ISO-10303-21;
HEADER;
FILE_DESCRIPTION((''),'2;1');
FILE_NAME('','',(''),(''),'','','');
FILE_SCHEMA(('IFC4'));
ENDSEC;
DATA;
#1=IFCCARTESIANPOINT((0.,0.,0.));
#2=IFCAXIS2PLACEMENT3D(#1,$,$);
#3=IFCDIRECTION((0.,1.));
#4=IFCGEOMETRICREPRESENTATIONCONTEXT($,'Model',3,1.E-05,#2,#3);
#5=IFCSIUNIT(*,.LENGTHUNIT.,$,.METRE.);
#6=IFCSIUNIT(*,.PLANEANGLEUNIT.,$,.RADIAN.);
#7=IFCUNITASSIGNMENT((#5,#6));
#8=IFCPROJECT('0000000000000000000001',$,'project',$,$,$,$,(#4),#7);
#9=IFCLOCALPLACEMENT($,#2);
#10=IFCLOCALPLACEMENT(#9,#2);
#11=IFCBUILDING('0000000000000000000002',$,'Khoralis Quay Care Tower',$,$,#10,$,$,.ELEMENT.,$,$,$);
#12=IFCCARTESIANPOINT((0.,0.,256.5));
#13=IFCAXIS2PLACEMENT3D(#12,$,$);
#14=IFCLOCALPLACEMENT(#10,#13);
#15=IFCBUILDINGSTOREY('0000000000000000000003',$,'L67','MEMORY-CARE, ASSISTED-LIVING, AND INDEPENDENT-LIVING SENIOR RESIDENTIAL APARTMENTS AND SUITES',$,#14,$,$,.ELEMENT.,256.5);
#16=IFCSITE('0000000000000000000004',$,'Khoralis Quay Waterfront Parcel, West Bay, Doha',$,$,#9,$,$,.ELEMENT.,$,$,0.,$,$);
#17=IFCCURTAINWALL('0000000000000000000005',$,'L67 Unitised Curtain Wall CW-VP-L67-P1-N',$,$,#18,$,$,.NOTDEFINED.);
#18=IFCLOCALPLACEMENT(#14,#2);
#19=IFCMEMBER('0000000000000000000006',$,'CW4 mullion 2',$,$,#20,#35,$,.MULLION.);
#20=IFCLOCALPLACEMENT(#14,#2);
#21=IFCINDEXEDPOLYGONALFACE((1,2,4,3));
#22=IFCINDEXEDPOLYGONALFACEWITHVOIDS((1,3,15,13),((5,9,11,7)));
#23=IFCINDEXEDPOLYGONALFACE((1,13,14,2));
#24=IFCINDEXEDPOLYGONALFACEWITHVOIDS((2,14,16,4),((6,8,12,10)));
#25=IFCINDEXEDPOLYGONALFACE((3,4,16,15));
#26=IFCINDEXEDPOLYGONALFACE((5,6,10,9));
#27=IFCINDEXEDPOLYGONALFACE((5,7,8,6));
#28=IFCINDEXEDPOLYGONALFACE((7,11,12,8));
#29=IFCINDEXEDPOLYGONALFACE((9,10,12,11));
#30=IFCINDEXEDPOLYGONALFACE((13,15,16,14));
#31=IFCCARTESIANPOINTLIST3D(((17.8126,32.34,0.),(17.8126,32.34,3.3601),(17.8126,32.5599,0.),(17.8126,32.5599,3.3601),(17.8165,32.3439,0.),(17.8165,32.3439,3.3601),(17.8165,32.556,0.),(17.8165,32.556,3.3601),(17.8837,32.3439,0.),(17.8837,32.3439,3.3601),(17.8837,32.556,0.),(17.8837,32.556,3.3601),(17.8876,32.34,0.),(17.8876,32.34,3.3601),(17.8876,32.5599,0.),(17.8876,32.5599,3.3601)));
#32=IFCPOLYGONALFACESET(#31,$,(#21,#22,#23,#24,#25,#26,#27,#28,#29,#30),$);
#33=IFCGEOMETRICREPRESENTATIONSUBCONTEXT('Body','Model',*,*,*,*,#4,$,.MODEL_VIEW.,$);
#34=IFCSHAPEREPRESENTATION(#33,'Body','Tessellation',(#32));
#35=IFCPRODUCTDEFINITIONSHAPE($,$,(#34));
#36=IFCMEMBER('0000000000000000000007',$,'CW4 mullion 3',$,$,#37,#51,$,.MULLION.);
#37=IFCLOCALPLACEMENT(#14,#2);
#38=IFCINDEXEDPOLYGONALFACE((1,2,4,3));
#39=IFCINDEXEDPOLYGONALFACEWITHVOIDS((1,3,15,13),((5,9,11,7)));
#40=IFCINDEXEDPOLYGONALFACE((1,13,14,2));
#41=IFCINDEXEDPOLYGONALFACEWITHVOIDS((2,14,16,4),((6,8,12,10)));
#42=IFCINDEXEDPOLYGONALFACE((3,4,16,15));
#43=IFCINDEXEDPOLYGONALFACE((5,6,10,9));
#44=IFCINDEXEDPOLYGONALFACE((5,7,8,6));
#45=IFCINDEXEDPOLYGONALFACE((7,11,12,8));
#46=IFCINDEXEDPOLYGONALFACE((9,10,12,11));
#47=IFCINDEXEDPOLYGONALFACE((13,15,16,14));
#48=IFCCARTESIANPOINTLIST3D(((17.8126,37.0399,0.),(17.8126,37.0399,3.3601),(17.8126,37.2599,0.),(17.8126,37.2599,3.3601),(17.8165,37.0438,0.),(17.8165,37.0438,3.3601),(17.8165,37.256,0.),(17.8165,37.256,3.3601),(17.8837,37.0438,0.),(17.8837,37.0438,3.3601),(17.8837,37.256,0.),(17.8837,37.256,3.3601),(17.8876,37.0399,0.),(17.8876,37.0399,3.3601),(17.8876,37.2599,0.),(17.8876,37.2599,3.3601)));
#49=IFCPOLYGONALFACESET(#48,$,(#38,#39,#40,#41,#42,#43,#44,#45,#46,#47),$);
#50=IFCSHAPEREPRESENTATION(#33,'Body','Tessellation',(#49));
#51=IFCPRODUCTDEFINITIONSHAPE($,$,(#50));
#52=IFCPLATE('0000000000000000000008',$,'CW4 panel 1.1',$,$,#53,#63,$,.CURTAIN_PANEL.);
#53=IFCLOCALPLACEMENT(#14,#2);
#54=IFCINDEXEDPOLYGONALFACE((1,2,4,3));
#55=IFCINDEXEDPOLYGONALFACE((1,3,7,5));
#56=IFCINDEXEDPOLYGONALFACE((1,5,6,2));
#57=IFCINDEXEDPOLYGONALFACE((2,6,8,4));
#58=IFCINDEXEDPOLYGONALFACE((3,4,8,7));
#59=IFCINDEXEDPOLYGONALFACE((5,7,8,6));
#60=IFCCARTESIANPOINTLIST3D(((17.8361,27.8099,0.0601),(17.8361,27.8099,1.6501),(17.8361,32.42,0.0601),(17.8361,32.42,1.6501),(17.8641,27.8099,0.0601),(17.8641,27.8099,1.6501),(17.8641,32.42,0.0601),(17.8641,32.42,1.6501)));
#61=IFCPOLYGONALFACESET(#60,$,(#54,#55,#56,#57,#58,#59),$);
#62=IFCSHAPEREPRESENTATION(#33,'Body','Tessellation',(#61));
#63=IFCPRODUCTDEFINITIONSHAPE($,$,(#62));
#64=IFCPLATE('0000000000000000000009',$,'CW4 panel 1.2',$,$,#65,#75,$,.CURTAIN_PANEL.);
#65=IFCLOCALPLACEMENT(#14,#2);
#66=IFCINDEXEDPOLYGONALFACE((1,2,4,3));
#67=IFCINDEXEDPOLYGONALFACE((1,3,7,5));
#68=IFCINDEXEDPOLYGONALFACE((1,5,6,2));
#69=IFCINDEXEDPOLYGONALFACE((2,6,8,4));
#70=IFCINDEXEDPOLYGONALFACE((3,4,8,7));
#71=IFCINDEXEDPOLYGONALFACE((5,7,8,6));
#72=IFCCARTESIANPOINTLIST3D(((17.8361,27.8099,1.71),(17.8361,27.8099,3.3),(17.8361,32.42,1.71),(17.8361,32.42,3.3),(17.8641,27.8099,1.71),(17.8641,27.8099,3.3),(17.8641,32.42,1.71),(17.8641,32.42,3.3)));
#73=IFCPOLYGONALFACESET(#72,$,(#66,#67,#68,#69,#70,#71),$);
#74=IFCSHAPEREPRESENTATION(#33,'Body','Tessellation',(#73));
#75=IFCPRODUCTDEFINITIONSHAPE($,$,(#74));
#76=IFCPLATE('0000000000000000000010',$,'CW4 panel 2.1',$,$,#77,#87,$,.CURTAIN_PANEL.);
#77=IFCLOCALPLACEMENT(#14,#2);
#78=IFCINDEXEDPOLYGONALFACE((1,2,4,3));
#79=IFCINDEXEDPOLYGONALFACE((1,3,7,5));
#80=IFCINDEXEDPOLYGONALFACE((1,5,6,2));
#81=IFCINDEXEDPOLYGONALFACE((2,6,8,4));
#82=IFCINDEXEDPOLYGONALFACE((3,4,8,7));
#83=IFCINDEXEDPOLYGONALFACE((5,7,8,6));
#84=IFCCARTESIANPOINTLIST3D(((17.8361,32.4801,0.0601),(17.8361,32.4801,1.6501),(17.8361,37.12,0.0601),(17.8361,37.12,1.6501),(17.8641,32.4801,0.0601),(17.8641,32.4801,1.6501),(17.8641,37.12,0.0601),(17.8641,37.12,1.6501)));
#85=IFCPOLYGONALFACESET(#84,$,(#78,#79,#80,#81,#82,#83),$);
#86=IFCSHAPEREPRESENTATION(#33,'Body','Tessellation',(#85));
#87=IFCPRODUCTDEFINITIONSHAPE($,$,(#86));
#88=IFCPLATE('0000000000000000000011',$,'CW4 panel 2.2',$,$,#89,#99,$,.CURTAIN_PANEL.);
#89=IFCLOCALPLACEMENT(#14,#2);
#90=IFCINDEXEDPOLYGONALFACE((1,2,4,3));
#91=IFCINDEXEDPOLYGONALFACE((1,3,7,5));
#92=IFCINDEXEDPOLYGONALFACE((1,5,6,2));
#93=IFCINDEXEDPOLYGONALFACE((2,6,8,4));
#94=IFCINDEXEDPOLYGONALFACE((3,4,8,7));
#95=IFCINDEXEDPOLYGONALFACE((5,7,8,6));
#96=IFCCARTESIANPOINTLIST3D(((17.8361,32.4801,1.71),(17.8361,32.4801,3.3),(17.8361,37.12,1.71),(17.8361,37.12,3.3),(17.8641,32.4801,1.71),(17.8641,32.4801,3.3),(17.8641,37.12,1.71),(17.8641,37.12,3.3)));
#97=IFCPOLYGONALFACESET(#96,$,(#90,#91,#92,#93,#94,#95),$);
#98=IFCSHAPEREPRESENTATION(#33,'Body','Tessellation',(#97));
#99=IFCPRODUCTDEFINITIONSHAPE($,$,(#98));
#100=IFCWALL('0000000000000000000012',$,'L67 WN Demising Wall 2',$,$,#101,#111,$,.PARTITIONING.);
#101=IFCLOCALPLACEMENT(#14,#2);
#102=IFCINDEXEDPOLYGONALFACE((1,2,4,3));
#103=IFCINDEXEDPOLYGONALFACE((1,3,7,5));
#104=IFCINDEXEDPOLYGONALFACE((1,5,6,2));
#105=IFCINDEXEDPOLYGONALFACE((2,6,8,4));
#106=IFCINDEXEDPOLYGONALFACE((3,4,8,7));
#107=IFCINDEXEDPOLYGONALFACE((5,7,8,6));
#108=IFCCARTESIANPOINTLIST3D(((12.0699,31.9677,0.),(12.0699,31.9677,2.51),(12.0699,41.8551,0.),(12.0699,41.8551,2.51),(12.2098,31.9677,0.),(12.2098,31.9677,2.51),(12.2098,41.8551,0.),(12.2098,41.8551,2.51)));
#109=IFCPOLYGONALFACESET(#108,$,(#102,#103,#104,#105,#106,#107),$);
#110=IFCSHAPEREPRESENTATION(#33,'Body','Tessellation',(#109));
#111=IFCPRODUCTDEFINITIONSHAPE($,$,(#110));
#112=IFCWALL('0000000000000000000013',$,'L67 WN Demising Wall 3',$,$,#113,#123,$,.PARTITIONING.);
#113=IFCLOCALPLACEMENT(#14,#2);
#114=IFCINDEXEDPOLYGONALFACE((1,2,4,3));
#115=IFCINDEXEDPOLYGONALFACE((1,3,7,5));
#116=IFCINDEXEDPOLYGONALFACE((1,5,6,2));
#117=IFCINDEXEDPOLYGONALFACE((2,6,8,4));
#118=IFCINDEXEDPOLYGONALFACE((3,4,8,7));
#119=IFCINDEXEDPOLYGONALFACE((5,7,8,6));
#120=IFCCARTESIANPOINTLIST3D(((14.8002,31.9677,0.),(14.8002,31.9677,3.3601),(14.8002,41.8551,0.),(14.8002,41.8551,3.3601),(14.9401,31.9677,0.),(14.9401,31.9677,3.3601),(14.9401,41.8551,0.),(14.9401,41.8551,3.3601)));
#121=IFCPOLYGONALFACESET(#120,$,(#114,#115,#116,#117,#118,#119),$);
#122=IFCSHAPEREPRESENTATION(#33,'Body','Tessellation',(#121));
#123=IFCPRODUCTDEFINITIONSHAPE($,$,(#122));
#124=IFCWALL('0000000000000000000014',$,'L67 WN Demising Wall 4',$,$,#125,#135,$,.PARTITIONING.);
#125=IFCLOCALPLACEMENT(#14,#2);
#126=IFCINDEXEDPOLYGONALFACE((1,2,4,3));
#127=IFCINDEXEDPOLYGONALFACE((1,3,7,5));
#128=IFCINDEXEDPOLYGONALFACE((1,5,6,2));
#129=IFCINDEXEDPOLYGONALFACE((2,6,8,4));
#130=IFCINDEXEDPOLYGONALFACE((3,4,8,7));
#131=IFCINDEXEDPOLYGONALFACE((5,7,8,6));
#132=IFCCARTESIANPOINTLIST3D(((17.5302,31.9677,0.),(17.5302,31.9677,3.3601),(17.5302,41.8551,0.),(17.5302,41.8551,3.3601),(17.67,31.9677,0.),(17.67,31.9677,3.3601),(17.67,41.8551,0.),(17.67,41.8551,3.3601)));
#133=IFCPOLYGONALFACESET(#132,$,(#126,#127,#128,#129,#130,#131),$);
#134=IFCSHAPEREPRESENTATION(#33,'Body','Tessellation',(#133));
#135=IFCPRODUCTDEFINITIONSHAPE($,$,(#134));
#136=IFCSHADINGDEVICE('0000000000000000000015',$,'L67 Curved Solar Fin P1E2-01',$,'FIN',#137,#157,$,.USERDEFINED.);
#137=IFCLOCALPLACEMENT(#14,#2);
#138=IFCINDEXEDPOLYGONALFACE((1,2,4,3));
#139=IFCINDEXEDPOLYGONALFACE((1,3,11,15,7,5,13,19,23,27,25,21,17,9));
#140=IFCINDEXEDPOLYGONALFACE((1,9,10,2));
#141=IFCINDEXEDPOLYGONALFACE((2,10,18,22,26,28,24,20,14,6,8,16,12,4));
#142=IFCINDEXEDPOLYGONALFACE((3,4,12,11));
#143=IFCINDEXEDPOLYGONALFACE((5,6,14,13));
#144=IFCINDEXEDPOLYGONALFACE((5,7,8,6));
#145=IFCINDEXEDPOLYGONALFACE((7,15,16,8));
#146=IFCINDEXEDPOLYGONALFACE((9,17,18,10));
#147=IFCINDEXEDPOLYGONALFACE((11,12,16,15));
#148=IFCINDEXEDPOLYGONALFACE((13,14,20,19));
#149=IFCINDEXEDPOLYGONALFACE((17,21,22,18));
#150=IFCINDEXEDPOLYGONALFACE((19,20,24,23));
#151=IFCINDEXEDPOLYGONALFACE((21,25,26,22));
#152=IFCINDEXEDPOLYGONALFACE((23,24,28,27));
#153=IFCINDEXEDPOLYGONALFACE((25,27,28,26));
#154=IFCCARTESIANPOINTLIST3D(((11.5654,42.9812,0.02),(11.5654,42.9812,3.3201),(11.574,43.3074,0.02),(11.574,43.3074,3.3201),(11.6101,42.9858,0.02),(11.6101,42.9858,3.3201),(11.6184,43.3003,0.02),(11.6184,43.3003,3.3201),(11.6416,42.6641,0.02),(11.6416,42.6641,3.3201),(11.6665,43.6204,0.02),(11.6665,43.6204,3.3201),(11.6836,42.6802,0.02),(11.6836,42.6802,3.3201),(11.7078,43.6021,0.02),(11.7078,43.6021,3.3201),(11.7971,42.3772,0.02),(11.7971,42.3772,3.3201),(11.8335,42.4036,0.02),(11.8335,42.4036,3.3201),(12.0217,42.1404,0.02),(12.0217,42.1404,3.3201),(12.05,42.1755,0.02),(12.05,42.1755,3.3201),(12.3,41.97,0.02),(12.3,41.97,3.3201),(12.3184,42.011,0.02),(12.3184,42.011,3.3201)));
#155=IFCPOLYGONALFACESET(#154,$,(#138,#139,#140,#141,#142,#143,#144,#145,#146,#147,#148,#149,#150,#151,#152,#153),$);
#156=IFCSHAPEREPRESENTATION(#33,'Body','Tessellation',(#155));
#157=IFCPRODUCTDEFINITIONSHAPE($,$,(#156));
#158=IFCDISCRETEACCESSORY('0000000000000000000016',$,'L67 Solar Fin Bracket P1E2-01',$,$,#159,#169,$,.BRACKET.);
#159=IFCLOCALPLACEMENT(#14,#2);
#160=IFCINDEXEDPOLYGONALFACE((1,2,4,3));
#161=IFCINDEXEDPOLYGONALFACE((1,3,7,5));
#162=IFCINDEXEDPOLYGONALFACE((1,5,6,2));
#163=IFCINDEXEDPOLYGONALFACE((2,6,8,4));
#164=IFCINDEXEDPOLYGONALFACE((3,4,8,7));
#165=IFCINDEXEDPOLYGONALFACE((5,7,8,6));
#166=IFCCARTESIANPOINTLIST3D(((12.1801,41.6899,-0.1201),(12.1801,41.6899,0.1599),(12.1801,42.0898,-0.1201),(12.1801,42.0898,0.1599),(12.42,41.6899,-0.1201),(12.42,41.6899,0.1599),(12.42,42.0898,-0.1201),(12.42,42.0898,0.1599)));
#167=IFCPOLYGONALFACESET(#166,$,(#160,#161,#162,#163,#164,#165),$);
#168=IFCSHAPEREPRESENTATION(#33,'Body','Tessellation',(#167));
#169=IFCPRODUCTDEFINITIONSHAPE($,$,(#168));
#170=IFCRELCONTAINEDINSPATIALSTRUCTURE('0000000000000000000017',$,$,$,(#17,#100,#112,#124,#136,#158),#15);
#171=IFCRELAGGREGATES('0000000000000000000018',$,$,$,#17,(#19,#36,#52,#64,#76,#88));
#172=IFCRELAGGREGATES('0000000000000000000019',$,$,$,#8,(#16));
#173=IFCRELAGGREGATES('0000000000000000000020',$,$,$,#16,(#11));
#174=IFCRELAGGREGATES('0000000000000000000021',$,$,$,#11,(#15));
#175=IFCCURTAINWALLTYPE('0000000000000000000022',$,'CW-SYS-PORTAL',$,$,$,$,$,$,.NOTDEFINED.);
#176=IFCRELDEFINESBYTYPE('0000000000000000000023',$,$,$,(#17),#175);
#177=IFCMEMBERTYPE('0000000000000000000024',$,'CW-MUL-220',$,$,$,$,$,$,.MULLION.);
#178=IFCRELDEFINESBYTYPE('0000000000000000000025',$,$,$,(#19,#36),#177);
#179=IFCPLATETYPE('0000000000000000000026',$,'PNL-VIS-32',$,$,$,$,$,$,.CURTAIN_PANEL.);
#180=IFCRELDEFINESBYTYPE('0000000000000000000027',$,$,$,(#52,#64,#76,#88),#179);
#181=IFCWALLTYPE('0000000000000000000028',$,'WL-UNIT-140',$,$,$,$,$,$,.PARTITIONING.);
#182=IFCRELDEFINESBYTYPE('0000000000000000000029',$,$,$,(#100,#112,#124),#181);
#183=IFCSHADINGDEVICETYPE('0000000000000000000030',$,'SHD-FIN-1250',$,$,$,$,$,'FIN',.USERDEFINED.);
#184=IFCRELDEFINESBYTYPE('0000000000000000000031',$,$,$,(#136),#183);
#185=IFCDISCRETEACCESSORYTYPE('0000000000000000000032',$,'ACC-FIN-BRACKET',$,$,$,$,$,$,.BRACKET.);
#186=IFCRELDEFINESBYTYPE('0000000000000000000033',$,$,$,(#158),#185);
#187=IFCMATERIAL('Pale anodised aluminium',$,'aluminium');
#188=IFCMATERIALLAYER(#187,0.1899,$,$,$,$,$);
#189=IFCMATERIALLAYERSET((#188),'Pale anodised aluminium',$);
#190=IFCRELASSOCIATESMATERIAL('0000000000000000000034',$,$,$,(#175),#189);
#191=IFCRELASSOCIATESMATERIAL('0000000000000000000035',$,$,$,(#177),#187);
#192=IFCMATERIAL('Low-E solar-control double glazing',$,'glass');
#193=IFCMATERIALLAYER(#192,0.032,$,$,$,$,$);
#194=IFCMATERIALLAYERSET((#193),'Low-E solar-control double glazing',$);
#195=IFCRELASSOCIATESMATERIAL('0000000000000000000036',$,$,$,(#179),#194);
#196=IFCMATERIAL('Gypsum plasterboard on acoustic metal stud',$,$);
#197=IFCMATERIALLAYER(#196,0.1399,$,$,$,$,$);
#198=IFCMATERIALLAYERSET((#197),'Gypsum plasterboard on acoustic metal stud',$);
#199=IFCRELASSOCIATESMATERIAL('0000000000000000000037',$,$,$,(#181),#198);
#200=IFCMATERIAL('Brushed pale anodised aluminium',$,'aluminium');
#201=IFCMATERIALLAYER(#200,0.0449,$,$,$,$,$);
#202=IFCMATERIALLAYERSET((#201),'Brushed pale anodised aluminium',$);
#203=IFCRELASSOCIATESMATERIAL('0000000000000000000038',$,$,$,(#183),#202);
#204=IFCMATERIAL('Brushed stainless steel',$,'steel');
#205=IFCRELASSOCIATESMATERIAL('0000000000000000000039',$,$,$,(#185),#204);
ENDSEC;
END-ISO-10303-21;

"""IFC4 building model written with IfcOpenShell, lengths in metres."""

from ifc_helpers import new_model, si_unit, direction, frame, frame_2d, origin, origin_2d, place, context, subcontext, project, spatial, polyline, rectangle, hollow_rectangle, outline, extrude, source, transform, mapped, material, layer, layer_set, material_profile, profile_set, type_object, element, aggregate, save


model = new_model("IFC4")

# Units and contexts
model_context = context("Model", 3, precision=1e-05, world=origin(), true_north=direction((0.0, 1.0)))
body_context = subcontext(model_context, "Body", "Model", "MODEL_VIEW")
ifc_project = project(units=[si_unit("LENGTHUNIT", "METRE"), si_unit("PLANEANGLEUNIT", "RADIAN")], contexts=[model_context])

# Site, building, storey
site_placement = place(None, origin())
site = spatial("IfcSite", under=ifc_project, at=site_placement, Name="Khoralis Quay Waterfront Parcel, West Bay, Doha", CompositionType="ELEMENT", RefElevation=0.0)
building_placement = place(site_placement, origin())
building = spatial("IfcBuilding", under=site, at=building_placement, Name="Khoralis Quay Care Tower", CompositionType="ELEMENT")
storey_placement = place(building_placement, frame((0.0, 0.0, 256.5)))
storey = spatial("IfcBuildingStorey", under=building, at=storey_placement, Name="L67", Description="MEMORY-CARE, ASSISTED-LIVING, AND INDEPENDENT-LIVING SENIOR RESIDENTIAL APARTMENTS AND SUITES", CompositionType="ELEMENT", Elevation=256.5)

# Curtain wall, members, plates
ifc_material_1 = material(Name="Pale anodised aluminium", Category="aluminium")
ifc_layer_1 = layer(ifc_material_1, 0.1899)
ifc_layer_set_1 = layer_set([ifc_layer_1], Name="Pale anodised aluminium")
curtain_wall_type = type_object("IfcCurtainWallType", Name="CW-SYS-PORTAL", PredefinedType="NOTDEFINED", material=ifc_layer_set_1)
curtain_wall_placement = place(storey_placement, origin())
curtain_wall = element("IfcCurtainWall", 1, at=curtain_wall_placement, inside=storey, type_object=curtain_wall_type, Name="L67 Unitised Curtain Wall CW-VP-L67-P1-N", PredefinedType="NOTDEFINED")
ifc_material_profile_1 = material_profile(ifc_material_1, hollow_rectangle(XDim=0.075, YDim=0.22, WallThickness=0.0039, at=origin_2d()), Name="Pale anodised aluminium")
ifc_profile_set_1 = profile_set([ifc_material_profile_1], Name="Pale anodised aluminium")
member_type_1 = type_object("IfcMemberType", Name="CW-MUL-220", PredefinedType="MULLION", material=ifc_profile_set_1)
shared_shape_1 = source(origin(), body_context, "Body", "SweptSolid", [
    extrude(hollow_rectangle(XDim=0.075, YDim=0.22, WallThickness=0.0039, at=origin_2d()), origin(), (0.0, 0.0, 1.0), 3.3601),
])
member_1_placement = place(storey_placement, frame((17.8501, 32.45, 0.0), z_axis=(0.0, 0.0, 1.0), x_axis=(-1.0, 0.0, 0.0)))
member_1 = element("IfcMember", 2, at=member_1_placement, type_object=member_type_1, Name="CW4 mullion 2", PredefinedType="MULLION", context=body_context, shape_type="MappedRepresentation", body=[
    mapped(shared_shape_1, transform((0.0, 0.0, 0.0), scale=1.0)),
])
member_2_placement = place(storey_placement, frame((17.8501, 37.1499, 0.0), z_axis=(0.0, 0.0, 1.0), x_axis=(-1.0, 0.0, 0.0)))
member_2 = element("IfcMember", 3, at=member_2_placement, type_object=member_type_1, Name="CW4 mullion 3", PredefinedType="MULLION", context=body_context, shape_type="MappedRepresentation", body=[
    mapped(shared_shape_1, transform((0.0, 0.0, 0.0), scale=1.0)),
])
ifc_material_2 = material(Name="Low-E solar-control double glazing", Category="glass")
ifc_layer_2 = layer(ifc_material_2, 0.032)
ifc_layer_set_2 = layer_set([ifc_layer_2], Name="Low-E solar-control double glazing")
plate_type = type_object("IfcPlateType", Name="PNL-VIS-32", PredefinedType="CURTAIN_PANEL", material=ifc_layer_set_2)
shared_shape_2 = source(origin(), body_context, "Body", "SweptSolid", [
    extrude(rectangle(XDim=4.6101, YDim=0.0281, at=origin_2d()), origin(), (0.0, 0.0, 1.0), 1.5901),
])
plate_1_placement = place(storey_placement, frame((17.8501, 30.115, 0.0601), z_axis=(0.0, 0.0, 1.0), x_axis=(0.0, 1.0, 0.0)))
plate_1 = element("IfcPlate", 4, at=plate_1_placement, type_object=plate_type, Name="CW4 panel 1.1", PredefinedType="CURTAIN_PANEL", context=body_context, shape_type="MappedRepresentation", body=[
    mapped(shared_shape_2, transform((0.0, 0.0, 0.0), scale=1.0)),
])
plate_2_placement = place(storey_placement, frame((17.8501, 30.115, 1.71), z_axis=(0.0, 0.0, 1.0), x_axis=(0.0, 1.0, 0.0)))
plate_2 = element("IfcPlate", 5, at=plate_2_placement, type_object=plate_type, Name="CW4 panel 1.2", PredefinedType="CURTAIN_PANEL", context=body_context, shape_type="MappedRepresentation", body=[
    mapped(shared_shape_2, transform((0.0, 0.0, 0.0), scale=1.0)),
])
shared_shape_3 = source(origin(), body_context, "Body", "SweptSolid", [
    extrude(rectangle(XDim=4.6399, YDim=0.0281, at=origin_2d()), origin(), (0.0, 0.0, 1.0), 1.5901),
])
plate_3_placement = place(storey_placement, frame((17.8501, 34.8, 0.0601), z_axis=(0.0, 0.0, 1.0), x_axis=(0.0, 1.0, 0.0)))
plate_3 = element("IfcPlate", 6, at=plate_3_placement, type_object=plate_type, Name="CW4 panel 2.1", PredefinedType="CURTAIN_PANEL", context=body_context, shape_type="MappedRepresentation", body=[
    mapped(shared_shape_3, transform((0.0, 0.0, 0.0), scale=1.0)),
])
plate_4_placement = place(storey_placement, frame((17.8501, 34.8, 1.71), z_axis=(0.0, 0.0, 1.0), x_axis=(0.0, 1.0, 0.0)))
plate_4 = element("IfcPlate", 7, at=plate_4_placement, type_object=plate_type, Name="CW4 panel 2.2", PredefinedType="CURTAIN_PANEL", context=body_context, shape_type="MappedRepresentation", body=[
    mapped(shared_shape_3, transform((0.0, 0.0, 0.0), scale=1.0)),
])
aggregate(curtain_wall, [member_1, member_2, plate_1, plate_2, plate_3, plate_4])

# Walls
ifc_material_3 = material(Name="Gypsum plasterboard on acoustic metal stud")
ifc_layer_3 = layer(ifc_material_3, 0.1399)
ifc_layer_set_3 = layer_set([ifc_layer_3], Name="Gypsum plasterboard on acoustic metal stud")
wall_type = type_object("IfcWallType", Name="WL-UNIT-140", PredefinedType="PARTITIONING", material=ifc_layer_set_3)
wall_placement = place(storey_placement, frame((12.1399, 31.9675, 0.0), z_axis=(0.0, 0.0, 1.0), x_axis=(0.0, 1.0, 0.0)))
element("IfcWall", 8, at=wall_placement, inside=storey, type_object=wall_type, Name="L67 WN Demising Wall 2", PredefinedType="PARTITIONING", context=body_context, shape_type="SweptSolid", body=[
    extrude(rectangle(XDim=9.8875, YDim=0.1399, at=frame_2d((4.9438, 0.0))), origin(), (0.0, 0.0, 1.0), 2.51),
])
for number, where, z_axis, x_axis, name in (
    (9, (14.8701, 31.9675, 0.0), (0.0, 0.0, 1.0), (0.0, 1.0, 0.0), "L67 WN Demising Wall 3"),
    (10, (17.6001, 31.9675, 0.0), (0.0, 0.0, 1.0), (0.0, 1.0, 0.0), "L67 WN Demising Wall 4"),
):
    element("IfcWall", number, at=place(storey_placement, frame(where, z_axis=z_axis, x_axis=x_axis)), inside=storey, type_object=wall_type, Name=name, PredefinedType="PARTITIONING", context=body_context, shape_type="SweptSolid", body=[
        extrude(rectangle(XDim=9.8875, YDim=0.1399, at=frame_2d((4.9438, 0.0))), origin(), (0.0, 0.0, 1.0), 3.3601),
    ])

# Shading device
ifc_material_4 = material(Name="Brushed pale anodised aluminium", Category="aluminium")
ifc_layer_4 = layer(ifc_material_4, 0.0449)
ifc_layer_set_4 = layer_set([ifc_layer_4], Name="Brushed pale anodised aluminium")
shading_device_type = type_object("IfcShadingDeviceType", Name="SHD-FIN-1250", ElementType="FIN", PredefinedType="USERDEFINED", material=ifc_layer_set_4)
shared_shape_4 = source(origin(), body_context, "Body", "SweptSolid", [
    extrude(outline(polyline([(0.0, 0.0), (0.1704, 0.2783), (0.4072, 0.5029), (0.6941, 0.6584), (1.0112, 0.7346), (1.3374, 0.7261), (1.6504, 0.6335), (1.6321, 0.5923), (1.3303, 0.6816), (1.0159, 0.6899), (0.7102, 0.6165), (0.4336, 0.4666), (0.2056, 0.25), (0.041, -0.0183), (0.0, 0.0)])), origin(), (0.0, 0.0, 1.0), 3.3),
])
shading_device_placement = place(storey_placement, frame((12.3, 41.97, 0.02), z_axis=(0.0, 0.0, 1.0), x_axis=(0.0, 1.0, 0.0)))
element("IfcShadingDevice", 11, at=shading_device_placement, inside=storey, type_object=shading_device_type, Name="L67 Curved Solar Fin P1E2-01", ObjectType="FIN", PredefinedType="USERDEFINED", context=body_context, shape_type="MappedRepresentation", body=[
    mapped(shared_shape_4, transform((0.0, 0.0, 0.0), scale=1.0)),
])

# Discrete accessory
ifc_material_5 = material(Name="Brushed stainless steel", Category="steel")
discrete_accessory_type = type_object("IfcDiscreteAccessoryType", Name="ACC-FIN-BRACKET", PredefinedType="BRACKET", material=ifc_material_5)
shared_shape_5 = source(origin(), body_context, "Body", "SweptSolid", [
    extrude(rectangle(XDim=0.3999, YDim=0.24, at=origin_2d()), origin(), (0.0, 0.0, 1.0), 0.28),
])
discrete_accessory_placement = place(storey_placement, frame((12.3, 41.8899, -0.1201), z_axis=(0.0, 0.0, 1.0), x_axis=(0.0, 1.0, 0.0)))
element("IfcDiscreteAccessory", 12, at=discrete_accessory_placement, inside=storey, type_object=discrete_accessory_type, Name="L67 Solar Fin Bracket P1E2-01", PredefinedType="BRACKET", context=body_context, shape_type="MappedRepresentation", body=[
    mapped(shared_shape_5, transform((0.0, 0.0, 0.0), scale=1.0)),
])

save(model, "model.ifc")
